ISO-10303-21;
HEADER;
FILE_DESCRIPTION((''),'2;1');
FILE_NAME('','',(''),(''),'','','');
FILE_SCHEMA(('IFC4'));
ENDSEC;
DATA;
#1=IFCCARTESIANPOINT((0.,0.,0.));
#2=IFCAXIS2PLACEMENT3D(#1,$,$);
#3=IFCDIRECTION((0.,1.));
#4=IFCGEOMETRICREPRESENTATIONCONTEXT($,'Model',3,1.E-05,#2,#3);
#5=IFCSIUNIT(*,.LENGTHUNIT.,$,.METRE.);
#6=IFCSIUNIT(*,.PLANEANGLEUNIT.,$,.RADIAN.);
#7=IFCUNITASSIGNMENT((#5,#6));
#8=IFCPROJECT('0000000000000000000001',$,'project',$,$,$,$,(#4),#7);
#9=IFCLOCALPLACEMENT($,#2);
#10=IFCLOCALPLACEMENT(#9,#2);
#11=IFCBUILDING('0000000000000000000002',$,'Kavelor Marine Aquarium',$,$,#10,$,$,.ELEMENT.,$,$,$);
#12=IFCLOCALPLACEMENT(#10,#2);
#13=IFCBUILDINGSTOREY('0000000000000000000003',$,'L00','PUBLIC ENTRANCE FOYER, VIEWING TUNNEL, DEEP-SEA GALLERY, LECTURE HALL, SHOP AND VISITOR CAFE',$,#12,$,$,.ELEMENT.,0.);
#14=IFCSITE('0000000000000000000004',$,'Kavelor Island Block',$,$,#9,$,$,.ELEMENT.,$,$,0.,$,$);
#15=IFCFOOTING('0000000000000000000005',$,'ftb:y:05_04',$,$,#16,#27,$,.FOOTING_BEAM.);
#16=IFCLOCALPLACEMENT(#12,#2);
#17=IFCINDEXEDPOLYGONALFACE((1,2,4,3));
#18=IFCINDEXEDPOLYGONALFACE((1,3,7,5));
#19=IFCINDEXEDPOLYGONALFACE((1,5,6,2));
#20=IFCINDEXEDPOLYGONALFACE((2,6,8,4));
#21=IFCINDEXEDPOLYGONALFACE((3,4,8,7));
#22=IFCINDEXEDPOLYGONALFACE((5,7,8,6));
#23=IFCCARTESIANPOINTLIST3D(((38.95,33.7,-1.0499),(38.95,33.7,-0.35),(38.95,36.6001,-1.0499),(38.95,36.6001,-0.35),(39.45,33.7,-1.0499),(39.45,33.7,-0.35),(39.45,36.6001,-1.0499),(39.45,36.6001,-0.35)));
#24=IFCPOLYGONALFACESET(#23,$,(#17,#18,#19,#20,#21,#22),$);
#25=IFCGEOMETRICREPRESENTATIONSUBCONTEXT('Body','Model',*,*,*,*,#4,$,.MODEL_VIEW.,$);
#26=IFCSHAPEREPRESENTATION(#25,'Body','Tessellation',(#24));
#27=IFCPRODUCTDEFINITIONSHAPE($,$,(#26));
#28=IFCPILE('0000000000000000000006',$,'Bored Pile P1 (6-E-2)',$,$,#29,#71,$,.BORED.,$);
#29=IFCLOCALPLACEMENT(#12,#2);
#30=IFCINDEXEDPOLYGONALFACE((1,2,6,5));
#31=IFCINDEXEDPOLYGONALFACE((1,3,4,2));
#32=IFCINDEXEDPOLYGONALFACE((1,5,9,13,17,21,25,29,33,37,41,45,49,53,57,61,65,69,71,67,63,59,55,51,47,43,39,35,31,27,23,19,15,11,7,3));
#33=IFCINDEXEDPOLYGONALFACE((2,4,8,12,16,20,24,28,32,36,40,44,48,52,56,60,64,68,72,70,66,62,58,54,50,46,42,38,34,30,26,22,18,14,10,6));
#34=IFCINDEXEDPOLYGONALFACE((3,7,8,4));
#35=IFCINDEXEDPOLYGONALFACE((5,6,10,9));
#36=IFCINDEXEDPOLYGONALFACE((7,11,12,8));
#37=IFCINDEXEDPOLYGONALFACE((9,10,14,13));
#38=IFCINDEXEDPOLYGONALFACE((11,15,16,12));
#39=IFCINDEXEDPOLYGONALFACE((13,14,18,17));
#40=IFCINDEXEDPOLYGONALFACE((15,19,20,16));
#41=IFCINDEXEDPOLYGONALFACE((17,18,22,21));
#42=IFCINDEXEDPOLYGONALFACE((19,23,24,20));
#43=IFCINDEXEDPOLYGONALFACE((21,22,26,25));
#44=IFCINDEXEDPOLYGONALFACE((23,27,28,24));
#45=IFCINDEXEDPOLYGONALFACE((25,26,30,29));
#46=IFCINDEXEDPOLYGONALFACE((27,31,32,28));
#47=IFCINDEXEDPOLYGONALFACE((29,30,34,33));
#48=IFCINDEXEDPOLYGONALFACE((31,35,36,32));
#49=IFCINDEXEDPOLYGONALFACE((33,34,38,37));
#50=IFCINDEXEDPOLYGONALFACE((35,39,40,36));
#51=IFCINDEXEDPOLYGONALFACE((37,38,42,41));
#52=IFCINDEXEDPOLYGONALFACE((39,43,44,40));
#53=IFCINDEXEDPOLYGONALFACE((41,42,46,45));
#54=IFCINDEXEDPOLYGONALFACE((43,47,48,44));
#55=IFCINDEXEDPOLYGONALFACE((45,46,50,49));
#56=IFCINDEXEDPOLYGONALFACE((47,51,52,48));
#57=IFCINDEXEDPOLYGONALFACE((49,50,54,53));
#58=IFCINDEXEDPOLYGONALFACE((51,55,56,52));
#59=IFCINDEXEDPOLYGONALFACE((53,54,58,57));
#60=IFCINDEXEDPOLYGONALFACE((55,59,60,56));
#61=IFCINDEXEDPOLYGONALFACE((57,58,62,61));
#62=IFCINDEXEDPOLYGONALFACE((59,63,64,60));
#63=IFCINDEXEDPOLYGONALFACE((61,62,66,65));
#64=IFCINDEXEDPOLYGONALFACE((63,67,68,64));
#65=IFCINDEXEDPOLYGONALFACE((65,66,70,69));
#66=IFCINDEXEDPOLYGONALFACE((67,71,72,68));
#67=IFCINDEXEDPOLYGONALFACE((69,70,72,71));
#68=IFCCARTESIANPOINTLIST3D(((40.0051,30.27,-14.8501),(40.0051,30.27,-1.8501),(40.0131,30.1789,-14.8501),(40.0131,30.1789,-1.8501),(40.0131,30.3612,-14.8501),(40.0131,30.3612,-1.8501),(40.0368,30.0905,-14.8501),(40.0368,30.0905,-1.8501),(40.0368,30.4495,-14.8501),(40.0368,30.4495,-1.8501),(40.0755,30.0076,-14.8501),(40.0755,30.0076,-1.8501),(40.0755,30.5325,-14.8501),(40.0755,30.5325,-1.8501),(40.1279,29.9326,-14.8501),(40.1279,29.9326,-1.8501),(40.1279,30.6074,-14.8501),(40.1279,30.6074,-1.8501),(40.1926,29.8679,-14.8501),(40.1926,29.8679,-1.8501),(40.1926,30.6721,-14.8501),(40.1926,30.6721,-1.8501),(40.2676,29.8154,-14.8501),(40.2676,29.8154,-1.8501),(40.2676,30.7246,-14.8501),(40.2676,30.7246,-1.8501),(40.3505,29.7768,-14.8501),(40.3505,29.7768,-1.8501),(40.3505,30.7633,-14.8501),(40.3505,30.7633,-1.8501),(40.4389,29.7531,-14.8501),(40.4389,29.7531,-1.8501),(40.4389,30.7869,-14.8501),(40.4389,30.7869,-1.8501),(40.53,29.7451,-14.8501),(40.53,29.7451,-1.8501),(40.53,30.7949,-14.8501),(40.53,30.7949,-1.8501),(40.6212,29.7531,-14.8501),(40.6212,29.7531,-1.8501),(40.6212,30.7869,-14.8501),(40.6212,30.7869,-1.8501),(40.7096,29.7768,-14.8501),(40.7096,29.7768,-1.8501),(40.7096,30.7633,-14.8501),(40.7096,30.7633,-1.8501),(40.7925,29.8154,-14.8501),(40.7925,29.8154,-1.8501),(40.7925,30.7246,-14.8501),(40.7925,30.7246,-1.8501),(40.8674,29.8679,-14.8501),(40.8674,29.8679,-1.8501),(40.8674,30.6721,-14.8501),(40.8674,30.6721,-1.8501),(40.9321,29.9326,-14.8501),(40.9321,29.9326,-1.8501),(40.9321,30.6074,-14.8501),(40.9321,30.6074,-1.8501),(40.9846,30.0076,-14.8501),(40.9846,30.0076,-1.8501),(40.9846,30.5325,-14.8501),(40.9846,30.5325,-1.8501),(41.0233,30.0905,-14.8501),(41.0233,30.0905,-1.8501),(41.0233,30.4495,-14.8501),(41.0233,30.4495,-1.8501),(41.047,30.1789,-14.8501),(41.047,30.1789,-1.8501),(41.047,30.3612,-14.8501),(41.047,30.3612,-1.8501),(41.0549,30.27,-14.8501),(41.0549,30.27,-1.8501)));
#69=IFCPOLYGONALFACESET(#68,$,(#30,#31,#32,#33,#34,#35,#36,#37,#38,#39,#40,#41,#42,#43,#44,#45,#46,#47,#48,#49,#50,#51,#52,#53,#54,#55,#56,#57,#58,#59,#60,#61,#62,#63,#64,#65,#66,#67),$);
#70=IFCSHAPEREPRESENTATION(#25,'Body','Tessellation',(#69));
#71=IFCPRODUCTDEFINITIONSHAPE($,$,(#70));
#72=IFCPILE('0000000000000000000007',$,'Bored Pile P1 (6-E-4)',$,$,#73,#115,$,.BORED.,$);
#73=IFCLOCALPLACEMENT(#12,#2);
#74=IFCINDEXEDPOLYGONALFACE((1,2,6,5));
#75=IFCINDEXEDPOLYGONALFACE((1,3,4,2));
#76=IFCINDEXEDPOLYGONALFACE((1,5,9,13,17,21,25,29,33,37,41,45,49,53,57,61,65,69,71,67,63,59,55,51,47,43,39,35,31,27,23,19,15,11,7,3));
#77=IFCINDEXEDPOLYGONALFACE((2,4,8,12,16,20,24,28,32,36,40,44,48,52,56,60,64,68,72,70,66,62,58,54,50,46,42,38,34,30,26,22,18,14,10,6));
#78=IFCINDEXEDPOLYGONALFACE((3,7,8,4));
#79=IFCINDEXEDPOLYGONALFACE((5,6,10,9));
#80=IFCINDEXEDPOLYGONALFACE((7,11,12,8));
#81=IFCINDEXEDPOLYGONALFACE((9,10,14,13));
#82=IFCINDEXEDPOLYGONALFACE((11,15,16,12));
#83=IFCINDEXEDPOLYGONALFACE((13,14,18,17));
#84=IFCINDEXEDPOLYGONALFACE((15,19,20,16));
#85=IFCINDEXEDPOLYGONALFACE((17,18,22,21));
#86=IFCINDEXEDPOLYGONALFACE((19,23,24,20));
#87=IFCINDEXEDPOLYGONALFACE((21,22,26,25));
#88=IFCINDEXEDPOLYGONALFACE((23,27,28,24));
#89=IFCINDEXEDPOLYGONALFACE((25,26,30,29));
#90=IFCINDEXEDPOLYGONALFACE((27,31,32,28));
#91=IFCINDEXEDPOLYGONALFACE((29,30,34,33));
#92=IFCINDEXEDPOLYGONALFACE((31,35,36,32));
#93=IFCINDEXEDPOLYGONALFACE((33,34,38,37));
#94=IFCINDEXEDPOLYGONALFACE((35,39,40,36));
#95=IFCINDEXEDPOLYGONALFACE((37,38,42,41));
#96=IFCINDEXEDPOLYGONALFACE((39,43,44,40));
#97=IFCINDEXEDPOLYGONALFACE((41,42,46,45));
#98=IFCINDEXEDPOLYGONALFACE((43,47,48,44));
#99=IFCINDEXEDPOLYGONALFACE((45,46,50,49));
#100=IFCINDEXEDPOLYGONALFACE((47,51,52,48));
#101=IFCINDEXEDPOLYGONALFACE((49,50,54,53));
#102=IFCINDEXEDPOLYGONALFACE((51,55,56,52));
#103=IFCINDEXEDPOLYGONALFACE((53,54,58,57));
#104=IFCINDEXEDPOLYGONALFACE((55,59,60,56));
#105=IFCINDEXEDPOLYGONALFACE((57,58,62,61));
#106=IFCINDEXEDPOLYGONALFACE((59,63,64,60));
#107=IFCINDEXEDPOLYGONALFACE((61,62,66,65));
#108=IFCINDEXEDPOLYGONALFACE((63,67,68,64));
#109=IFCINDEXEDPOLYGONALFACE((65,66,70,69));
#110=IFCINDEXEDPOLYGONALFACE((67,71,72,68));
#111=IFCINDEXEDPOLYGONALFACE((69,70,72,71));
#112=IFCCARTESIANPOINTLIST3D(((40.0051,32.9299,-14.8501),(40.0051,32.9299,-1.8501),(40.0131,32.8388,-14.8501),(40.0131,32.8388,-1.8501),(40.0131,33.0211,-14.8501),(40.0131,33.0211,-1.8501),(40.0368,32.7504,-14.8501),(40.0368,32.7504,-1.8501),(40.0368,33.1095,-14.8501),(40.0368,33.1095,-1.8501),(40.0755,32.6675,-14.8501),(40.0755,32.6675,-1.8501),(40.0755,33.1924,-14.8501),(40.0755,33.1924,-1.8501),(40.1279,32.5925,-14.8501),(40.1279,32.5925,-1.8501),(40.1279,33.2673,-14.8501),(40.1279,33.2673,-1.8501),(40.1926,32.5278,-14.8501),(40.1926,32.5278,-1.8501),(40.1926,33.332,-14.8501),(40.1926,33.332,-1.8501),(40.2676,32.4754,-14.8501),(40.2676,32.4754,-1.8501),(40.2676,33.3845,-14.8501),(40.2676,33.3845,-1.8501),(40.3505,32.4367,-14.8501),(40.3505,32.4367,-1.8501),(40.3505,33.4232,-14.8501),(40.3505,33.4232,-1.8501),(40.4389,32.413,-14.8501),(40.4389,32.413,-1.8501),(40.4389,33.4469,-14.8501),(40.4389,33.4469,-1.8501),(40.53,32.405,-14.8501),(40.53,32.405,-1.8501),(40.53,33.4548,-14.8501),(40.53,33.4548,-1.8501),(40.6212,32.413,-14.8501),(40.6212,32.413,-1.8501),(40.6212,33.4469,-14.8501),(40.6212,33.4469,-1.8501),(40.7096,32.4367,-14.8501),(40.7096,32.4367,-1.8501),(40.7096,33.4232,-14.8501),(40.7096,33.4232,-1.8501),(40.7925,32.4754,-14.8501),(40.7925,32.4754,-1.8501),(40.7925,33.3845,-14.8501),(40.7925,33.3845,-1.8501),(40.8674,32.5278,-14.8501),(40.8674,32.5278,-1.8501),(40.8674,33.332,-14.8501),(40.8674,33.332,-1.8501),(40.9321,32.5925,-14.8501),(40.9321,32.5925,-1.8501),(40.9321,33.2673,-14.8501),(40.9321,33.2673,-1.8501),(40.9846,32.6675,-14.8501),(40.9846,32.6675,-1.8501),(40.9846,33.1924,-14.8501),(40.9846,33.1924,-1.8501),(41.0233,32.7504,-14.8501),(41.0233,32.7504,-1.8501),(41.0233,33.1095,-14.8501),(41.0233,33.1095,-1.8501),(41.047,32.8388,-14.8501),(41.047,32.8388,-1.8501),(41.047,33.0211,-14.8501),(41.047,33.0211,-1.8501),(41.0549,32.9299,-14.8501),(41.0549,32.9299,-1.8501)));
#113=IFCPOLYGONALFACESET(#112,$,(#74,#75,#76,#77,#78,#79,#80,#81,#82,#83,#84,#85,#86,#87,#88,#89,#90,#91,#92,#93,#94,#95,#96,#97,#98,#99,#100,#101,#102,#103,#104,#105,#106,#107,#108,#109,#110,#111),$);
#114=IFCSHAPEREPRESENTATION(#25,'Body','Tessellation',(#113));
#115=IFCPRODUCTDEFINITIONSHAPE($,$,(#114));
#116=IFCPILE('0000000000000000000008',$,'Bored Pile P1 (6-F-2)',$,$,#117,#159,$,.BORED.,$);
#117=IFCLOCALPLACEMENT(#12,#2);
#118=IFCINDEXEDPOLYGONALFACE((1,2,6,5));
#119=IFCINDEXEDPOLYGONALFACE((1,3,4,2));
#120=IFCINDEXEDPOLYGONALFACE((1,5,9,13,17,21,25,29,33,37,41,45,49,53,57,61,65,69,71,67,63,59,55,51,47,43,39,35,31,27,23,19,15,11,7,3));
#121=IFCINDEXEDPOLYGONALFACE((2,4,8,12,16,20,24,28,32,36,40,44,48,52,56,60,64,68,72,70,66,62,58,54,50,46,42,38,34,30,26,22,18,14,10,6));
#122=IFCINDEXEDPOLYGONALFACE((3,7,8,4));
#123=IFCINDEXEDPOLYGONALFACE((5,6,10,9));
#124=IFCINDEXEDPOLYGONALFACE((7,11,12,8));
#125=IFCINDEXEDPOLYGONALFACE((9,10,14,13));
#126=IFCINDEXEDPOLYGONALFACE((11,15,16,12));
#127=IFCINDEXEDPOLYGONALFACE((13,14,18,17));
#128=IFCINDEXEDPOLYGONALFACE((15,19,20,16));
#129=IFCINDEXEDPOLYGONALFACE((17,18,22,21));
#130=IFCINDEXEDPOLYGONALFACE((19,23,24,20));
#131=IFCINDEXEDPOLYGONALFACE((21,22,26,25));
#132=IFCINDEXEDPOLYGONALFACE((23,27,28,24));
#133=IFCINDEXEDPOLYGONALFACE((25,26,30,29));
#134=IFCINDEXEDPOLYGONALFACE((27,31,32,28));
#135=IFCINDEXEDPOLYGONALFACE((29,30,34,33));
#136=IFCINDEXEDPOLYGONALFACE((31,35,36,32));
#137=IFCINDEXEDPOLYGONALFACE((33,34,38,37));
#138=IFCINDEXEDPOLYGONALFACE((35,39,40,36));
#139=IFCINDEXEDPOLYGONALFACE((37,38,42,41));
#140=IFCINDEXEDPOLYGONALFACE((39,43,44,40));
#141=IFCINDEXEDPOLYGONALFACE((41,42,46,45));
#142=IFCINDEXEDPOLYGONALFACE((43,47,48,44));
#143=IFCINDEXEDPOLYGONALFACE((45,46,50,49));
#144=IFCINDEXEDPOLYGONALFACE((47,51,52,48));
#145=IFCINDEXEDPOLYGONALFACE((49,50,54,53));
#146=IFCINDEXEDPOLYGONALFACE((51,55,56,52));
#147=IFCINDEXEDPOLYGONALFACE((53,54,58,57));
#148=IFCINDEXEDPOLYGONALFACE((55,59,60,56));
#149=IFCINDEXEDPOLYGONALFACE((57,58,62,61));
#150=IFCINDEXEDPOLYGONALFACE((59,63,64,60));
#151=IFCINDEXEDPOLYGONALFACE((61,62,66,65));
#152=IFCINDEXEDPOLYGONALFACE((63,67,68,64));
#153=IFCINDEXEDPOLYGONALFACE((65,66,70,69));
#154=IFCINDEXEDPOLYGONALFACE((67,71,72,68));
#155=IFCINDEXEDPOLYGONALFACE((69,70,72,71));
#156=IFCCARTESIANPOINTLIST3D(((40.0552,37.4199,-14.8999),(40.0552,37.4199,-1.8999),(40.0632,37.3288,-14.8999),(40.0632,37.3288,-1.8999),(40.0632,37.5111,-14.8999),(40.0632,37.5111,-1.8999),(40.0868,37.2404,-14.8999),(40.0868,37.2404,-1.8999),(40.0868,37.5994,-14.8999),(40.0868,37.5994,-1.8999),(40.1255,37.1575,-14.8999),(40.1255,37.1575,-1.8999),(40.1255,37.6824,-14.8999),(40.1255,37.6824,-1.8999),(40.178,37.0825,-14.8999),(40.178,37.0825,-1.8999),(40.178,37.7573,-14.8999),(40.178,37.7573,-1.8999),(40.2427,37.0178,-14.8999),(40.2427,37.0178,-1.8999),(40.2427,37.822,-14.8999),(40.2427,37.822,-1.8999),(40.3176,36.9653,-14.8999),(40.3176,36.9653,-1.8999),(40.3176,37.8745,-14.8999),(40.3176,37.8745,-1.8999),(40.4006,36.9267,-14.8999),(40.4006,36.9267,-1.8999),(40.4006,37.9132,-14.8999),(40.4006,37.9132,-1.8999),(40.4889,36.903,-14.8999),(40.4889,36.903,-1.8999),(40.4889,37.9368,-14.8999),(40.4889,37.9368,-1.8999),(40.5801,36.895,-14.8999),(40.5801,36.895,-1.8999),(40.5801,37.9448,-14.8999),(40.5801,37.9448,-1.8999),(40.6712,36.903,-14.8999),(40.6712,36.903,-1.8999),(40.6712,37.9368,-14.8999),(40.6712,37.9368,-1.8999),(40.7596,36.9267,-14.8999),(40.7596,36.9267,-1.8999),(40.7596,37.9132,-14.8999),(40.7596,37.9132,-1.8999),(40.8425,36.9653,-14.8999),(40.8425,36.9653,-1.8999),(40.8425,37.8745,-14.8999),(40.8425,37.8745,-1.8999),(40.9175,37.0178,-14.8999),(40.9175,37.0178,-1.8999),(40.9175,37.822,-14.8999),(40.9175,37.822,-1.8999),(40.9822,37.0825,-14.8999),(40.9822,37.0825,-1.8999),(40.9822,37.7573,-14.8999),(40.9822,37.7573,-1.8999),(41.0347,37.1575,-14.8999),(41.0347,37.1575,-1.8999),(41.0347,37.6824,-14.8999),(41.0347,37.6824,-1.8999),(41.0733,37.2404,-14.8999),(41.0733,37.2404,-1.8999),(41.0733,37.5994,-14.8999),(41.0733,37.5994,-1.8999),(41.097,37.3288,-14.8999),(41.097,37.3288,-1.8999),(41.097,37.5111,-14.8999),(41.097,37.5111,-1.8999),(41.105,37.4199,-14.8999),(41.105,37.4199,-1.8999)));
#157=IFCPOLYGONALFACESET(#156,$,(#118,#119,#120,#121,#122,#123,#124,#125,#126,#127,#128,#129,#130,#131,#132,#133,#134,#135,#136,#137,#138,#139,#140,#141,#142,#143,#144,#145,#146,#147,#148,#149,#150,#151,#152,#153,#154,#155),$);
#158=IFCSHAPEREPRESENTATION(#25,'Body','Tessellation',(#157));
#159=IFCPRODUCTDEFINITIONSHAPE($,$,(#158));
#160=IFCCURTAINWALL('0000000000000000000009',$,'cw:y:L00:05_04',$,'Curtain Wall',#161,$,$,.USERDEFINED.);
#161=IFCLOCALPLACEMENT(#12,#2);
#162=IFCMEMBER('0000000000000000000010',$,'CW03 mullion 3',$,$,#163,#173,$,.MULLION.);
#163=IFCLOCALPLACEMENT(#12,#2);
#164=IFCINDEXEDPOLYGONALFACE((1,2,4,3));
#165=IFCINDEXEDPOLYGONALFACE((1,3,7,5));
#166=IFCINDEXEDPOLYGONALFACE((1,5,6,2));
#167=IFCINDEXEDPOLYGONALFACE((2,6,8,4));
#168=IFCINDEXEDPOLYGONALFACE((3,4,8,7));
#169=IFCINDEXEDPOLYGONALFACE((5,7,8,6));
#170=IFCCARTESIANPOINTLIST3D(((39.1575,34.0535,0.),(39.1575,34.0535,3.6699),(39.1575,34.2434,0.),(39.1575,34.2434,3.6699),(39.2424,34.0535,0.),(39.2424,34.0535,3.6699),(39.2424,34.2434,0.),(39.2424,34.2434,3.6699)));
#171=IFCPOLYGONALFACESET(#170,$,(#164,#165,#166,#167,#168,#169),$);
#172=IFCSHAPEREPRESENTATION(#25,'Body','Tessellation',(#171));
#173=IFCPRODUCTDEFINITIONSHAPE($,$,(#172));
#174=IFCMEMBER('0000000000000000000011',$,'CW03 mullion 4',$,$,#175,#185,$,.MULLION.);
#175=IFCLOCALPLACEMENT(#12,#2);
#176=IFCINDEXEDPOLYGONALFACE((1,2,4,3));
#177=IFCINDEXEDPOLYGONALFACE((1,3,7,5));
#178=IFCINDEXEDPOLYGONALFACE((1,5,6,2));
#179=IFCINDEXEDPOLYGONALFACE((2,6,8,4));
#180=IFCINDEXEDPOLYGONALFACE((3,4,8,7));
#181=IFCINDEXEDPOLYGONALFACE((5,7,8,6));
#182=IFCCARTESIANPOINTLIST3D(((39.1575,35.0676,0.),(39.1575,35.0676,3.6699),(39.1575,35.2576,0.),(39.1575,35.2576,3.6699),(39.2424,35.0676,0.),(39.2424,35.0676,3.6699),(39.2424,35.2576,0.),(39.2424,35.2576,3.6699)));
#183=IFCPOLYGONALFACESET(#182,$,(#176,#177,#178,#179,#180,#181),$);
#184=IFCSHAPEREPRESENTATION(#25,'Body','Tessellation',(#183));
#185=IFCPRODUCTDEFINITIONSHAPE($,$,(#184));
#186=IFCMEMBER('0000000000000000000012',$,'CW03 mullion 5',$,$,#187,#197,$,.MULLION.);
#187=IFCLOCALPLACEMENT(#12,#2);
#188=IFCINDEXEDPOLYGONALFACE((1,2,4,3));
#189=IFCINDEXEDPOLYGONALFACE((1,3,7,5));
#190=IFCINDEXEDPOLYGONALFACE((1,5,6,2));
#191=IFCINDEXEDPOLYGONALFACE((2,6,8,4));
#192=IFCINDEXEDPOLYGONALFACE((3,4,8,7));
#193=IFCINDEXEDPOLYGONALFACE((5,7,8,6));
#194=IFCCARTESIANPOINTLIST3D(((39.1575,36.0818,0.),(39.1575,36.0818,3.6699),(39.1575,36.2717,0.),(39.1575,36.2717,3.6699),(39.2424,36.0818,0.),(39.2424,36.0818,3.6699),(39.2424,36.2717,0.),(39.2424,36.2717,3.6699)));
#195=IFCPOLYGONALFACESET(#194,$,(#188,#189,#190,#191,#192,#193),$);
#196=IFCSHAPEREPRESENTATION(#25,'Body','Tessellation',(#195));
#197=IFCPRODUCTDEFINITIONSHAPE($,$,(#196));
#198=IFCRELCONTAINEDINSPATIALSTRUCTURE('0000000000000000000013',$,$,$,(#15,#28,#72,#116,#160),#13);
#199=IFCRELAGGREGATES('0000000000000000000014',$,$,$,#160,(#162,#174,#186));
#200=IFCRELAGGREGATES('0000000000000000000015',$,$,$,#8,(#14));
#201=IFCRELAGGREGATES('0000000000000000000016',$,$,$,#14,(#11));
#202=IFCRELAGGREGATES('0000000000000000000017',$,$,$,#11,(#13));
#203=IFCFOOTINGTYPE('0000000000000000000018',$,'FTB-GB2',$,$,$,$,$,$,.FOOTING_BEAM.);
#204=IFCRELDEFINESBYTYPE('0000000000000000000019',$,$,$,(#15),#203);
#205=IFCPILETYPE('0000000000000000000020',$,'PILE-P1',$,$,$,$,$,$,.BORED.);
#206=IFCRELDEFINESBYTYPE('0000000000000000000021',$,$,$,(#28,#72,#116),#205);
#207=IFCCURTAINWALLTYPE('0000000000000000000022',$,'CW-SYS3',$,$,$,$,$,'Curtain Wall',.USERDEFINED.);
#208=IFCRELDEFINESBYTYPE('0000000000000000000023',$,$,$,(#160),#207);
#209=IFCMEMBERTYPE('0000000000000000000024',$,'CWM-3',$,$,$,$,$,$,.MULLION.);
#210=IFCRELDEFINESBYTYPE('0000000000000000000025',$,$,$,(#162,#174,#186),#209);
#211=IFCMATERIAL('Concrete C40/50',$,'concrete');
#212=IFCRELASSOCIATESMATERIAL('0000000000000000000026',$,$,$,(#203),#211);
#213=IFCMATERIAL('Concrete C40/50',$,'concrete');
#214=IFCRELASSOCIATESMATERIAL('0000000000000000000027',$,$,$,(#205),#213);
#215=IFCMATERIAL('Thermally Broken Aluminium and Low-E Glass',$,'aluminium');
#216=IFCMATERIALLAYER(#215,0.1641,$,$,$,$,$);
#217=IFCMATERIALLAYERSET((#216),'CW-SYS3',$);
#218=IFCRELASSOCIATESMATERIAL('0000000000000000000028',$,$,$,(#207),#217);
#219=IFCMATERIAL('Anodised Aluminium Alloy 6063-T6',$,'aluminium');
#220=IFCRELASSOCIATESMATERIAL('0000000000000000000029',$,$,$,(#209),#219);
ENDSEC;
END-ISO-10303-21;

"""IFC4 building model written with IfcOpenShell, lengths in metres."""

from ifc_helpers import new_model, si_unit, direction, frame, origin, origin_2d, place, context, subcontext, project, spatial, rectangle, circle, extrude, material, layer, layer_set, material_profile, profile_set, type_object, element, aggregate, save


model = new_model("IFC4")

# Units and contexts
model_context = context("Model", 3, precision=1e-05, world=origin(), true_north=direction((0.0, 1.0)))
body_context = subcontext(model_context, "Body", "Model", "MODEL_VIEW")
ifc_project = project(units=[si_unit("LENGTHUNIT", "METRE"), si_unit("PLANEANGLEUNIT", "RADIAN")], contexts=[model_context])

# Site, building, storey
site_placement = place(None, origin())
site = spatial("IfcSite", under=ifc_project, at=site_placement, Name="Kavelor Island Block", CompositionType="ELEMENT", RefElevation=0.0)
building_placement = place(site_placement, origin())
building = spatial("IfcBuilding", under=site, at=building_placement, Name="Kavelor Marine Aquarium", CompositionType="ELEMENT")
storey_placement = place(building_placement, origin())
storey = spatial("IfcBuildingStorey", under=building, at=storey_placement, Name="L00", Description="PUBLIC ENTRANCE FOYER, VIEWING TUNNEL, DEEP-SEA GALLERY, LECTURE HALL, SHOP AND VISITOR CAFE", CompositionType="ELEMENT", Elevation=0.0)

# Footing
ifc_material_1 = material(Name="Concrete C40/50", Category="concrete")
ifc_material_profile_1 = material_profile(ifc_material_1, rectangle(XDim=0.5, YDim=0.7, at=origin_2d()), Name="GB 500x700")
ifc_profile_set_1 = profile_set([ifc_material_profile_1], Name="Concrete C40/50")
footing_type = type_object("IfcFootingType", Name="FTB-GB2", PredefinedType="FOOTING_BEAM", material=ifc_profile_set_1)
footing_placement = place(storey_placement, frame((39.2, 33.7, -0.7), z_axis=(0.0, 1.0, 0.0), x_axis=(-1.0, 0.0, 0.0)))
element("IfcFooting", 1, at=footing_placement, inside=storey, type_object=footing_type, Name="ftb:y:05_04", PredefinedType="FOOTING_BEAM", context=body_context, shape_type="SweptSolid", body=[
    extrude(rectangle(XDim=0.5, YDim=0.7, at=origin_2d()), origin(), (0.0, 0.0, 1.0), 2.9001),
])

# Piles
ifc_material_2 = material(Name="Concrete C40/50", Category="concrete")
ifc_material_profile_2 = material_profile(ifc_material_2, circle(Radius=0.5249, at=origin_2d()), Name="PILE D1050")
ifc_profile_set_2 = profile_set([ifc_material_profile_2], Name="Concrete C40/50")
pile_type = type_object("IfcPileType", Name="PILE-P1", PredefinedType="BORED", material=ifc_profile_set_2)
for number, where, z_axis, x_axis, name in (
    (2, (40.53, 30.27, -1.8501), (0.0, 0.0, -1.0), (1.0, 0.0, 0.0), "Bored Pile P1 (6-E-2)"),
    (3, (40.53, 32.9299, -1.8501), (0.0, 0.0, -1.0), (1.0, 0.0, 0.0), "Bored Pile P1 (6-E-4)"),
    (4, (40.5801, 37.4199, -1.8999), (0.0, 0.0, -1.0), (1.0, 0.0, 0.0), "Bored Pile P1 (6-F-2)"),
):
    element("IfcPile", number, at=place(storey_placement, frame(where, z_axis=z_axis, x_axis=x_axis)), inside=storey, type_object=pile_type, Name=name, PredefinedType="BORED", context=body_context, shape_type="SweptSolid", body=[
        extrude(circle(Radius=0.5249, at=origin_2d()), origin(), (0.0, 0.0, 1.0), 13.0),
    ])

# Curtain wall, members
ifc_material_3 = material(Name="Thermally Broken Aluminium and Low-E Glass", Category="aluminium")
ifc_layer_1 = layer(ifc_material_3, 0.1641)
ifc_layer_set_1 = layer_set([ifc_layer_1], Name="CW-SYS3")
curtain_wall_type = type_object("IfcCurtainWallType", Name="CW-SYS3", ElementType="Curtain Wall", PredefinedType="USERDEFINED", material=ifc_layer_set_1)
curtain_wall_placement = place(storey_placement, origin())
curtain_wall = element("IfcCurtainWall", 5, at=curtain_wall_placement, inside=storey, type_object=curtain_wall_type, Name="cw:y:L00:05_04", ObjectType="Curtain Wall", PredefinedType="USERDEFINED")
ifc_material_4 = material(Name="Anodised Aluminium Alloy 6063-T6", Category="aluminium")
ifc_material_profile_3 = material_profile(ifc_material_4, rectangle(XDim=0.085, YDim=0.1899, at=origin_2d()), Name="CW-MUL 85x190")
ifc_profile_set_3 = profile_set([ifc_material_profile_3], Name="Anodised Aluminium Alloy 6063-T6")
member_type_1 = type_object("IfcMemberType", Name="CWM-3", PredefinedType="MULLION", material=ifc_profile_set_3)
member_1_placement = place(storey_placement, frame((39.2, 34.1484, 0.0), z_axis=(0.0, 0.0, 1.0), x_axis=(-1.0, 0.0, 0.0)))
member_1 = element("IfcMember", 6, at=member_1_placement, type_object=member_type_1, Name="CW03 mullion 3", PredefinedType="MULLION", context=body_context, shape_type="SweptSolid", body=[
    extrude(rectangle(XDim=0.085, YDim=0.1899, at=origin_2d()), origin(), (0.0, 0.0, 1.0), 3.6699),
])
member_2_placement = place(storey_placement, frame((39.2, 35.1626, 0.0), z_axis=(0.0, 0.0, 1.0), x_axis=(-1.0, 0.0, 0.0)))
member_2 = element("IfcMember", 7, at=member_2_placement, type_object=member_type_1, Name="CW03 mullion 4", PredefinedType="MULLION", context=body_context, shape_type="SweptSolid", body=[
    extrude(rectangle(XDim=0.085, YDim=0.1899, at=origin_2d()), origin(), (0.0, 0.0, 1.0), 3.6699),
])
member_3_placement = place(storey_placement, frame((39.2, 36.1768, 0.0), z_axis=(0.0, 0.0, 1.0), x_axis=(-1.0, 0.0, 0.0)))
member_3 = element("IfcMember", 8, at=member_3_placement, type_object=member_type_1, Name="CW03 mullion 5", PredefinedType="MULLION", context=body_context, shape_type="SweptSolid", body=[
    extrude(rectangle(XDim=0.085, YDim=0.1899, at=origin_2d()), origin(), (0.0, 0.0, 1.0), 3.6699),
])
aggregate(curtain_wall, [member_1, member_2, member_3])

save(model, "model.ifc")
